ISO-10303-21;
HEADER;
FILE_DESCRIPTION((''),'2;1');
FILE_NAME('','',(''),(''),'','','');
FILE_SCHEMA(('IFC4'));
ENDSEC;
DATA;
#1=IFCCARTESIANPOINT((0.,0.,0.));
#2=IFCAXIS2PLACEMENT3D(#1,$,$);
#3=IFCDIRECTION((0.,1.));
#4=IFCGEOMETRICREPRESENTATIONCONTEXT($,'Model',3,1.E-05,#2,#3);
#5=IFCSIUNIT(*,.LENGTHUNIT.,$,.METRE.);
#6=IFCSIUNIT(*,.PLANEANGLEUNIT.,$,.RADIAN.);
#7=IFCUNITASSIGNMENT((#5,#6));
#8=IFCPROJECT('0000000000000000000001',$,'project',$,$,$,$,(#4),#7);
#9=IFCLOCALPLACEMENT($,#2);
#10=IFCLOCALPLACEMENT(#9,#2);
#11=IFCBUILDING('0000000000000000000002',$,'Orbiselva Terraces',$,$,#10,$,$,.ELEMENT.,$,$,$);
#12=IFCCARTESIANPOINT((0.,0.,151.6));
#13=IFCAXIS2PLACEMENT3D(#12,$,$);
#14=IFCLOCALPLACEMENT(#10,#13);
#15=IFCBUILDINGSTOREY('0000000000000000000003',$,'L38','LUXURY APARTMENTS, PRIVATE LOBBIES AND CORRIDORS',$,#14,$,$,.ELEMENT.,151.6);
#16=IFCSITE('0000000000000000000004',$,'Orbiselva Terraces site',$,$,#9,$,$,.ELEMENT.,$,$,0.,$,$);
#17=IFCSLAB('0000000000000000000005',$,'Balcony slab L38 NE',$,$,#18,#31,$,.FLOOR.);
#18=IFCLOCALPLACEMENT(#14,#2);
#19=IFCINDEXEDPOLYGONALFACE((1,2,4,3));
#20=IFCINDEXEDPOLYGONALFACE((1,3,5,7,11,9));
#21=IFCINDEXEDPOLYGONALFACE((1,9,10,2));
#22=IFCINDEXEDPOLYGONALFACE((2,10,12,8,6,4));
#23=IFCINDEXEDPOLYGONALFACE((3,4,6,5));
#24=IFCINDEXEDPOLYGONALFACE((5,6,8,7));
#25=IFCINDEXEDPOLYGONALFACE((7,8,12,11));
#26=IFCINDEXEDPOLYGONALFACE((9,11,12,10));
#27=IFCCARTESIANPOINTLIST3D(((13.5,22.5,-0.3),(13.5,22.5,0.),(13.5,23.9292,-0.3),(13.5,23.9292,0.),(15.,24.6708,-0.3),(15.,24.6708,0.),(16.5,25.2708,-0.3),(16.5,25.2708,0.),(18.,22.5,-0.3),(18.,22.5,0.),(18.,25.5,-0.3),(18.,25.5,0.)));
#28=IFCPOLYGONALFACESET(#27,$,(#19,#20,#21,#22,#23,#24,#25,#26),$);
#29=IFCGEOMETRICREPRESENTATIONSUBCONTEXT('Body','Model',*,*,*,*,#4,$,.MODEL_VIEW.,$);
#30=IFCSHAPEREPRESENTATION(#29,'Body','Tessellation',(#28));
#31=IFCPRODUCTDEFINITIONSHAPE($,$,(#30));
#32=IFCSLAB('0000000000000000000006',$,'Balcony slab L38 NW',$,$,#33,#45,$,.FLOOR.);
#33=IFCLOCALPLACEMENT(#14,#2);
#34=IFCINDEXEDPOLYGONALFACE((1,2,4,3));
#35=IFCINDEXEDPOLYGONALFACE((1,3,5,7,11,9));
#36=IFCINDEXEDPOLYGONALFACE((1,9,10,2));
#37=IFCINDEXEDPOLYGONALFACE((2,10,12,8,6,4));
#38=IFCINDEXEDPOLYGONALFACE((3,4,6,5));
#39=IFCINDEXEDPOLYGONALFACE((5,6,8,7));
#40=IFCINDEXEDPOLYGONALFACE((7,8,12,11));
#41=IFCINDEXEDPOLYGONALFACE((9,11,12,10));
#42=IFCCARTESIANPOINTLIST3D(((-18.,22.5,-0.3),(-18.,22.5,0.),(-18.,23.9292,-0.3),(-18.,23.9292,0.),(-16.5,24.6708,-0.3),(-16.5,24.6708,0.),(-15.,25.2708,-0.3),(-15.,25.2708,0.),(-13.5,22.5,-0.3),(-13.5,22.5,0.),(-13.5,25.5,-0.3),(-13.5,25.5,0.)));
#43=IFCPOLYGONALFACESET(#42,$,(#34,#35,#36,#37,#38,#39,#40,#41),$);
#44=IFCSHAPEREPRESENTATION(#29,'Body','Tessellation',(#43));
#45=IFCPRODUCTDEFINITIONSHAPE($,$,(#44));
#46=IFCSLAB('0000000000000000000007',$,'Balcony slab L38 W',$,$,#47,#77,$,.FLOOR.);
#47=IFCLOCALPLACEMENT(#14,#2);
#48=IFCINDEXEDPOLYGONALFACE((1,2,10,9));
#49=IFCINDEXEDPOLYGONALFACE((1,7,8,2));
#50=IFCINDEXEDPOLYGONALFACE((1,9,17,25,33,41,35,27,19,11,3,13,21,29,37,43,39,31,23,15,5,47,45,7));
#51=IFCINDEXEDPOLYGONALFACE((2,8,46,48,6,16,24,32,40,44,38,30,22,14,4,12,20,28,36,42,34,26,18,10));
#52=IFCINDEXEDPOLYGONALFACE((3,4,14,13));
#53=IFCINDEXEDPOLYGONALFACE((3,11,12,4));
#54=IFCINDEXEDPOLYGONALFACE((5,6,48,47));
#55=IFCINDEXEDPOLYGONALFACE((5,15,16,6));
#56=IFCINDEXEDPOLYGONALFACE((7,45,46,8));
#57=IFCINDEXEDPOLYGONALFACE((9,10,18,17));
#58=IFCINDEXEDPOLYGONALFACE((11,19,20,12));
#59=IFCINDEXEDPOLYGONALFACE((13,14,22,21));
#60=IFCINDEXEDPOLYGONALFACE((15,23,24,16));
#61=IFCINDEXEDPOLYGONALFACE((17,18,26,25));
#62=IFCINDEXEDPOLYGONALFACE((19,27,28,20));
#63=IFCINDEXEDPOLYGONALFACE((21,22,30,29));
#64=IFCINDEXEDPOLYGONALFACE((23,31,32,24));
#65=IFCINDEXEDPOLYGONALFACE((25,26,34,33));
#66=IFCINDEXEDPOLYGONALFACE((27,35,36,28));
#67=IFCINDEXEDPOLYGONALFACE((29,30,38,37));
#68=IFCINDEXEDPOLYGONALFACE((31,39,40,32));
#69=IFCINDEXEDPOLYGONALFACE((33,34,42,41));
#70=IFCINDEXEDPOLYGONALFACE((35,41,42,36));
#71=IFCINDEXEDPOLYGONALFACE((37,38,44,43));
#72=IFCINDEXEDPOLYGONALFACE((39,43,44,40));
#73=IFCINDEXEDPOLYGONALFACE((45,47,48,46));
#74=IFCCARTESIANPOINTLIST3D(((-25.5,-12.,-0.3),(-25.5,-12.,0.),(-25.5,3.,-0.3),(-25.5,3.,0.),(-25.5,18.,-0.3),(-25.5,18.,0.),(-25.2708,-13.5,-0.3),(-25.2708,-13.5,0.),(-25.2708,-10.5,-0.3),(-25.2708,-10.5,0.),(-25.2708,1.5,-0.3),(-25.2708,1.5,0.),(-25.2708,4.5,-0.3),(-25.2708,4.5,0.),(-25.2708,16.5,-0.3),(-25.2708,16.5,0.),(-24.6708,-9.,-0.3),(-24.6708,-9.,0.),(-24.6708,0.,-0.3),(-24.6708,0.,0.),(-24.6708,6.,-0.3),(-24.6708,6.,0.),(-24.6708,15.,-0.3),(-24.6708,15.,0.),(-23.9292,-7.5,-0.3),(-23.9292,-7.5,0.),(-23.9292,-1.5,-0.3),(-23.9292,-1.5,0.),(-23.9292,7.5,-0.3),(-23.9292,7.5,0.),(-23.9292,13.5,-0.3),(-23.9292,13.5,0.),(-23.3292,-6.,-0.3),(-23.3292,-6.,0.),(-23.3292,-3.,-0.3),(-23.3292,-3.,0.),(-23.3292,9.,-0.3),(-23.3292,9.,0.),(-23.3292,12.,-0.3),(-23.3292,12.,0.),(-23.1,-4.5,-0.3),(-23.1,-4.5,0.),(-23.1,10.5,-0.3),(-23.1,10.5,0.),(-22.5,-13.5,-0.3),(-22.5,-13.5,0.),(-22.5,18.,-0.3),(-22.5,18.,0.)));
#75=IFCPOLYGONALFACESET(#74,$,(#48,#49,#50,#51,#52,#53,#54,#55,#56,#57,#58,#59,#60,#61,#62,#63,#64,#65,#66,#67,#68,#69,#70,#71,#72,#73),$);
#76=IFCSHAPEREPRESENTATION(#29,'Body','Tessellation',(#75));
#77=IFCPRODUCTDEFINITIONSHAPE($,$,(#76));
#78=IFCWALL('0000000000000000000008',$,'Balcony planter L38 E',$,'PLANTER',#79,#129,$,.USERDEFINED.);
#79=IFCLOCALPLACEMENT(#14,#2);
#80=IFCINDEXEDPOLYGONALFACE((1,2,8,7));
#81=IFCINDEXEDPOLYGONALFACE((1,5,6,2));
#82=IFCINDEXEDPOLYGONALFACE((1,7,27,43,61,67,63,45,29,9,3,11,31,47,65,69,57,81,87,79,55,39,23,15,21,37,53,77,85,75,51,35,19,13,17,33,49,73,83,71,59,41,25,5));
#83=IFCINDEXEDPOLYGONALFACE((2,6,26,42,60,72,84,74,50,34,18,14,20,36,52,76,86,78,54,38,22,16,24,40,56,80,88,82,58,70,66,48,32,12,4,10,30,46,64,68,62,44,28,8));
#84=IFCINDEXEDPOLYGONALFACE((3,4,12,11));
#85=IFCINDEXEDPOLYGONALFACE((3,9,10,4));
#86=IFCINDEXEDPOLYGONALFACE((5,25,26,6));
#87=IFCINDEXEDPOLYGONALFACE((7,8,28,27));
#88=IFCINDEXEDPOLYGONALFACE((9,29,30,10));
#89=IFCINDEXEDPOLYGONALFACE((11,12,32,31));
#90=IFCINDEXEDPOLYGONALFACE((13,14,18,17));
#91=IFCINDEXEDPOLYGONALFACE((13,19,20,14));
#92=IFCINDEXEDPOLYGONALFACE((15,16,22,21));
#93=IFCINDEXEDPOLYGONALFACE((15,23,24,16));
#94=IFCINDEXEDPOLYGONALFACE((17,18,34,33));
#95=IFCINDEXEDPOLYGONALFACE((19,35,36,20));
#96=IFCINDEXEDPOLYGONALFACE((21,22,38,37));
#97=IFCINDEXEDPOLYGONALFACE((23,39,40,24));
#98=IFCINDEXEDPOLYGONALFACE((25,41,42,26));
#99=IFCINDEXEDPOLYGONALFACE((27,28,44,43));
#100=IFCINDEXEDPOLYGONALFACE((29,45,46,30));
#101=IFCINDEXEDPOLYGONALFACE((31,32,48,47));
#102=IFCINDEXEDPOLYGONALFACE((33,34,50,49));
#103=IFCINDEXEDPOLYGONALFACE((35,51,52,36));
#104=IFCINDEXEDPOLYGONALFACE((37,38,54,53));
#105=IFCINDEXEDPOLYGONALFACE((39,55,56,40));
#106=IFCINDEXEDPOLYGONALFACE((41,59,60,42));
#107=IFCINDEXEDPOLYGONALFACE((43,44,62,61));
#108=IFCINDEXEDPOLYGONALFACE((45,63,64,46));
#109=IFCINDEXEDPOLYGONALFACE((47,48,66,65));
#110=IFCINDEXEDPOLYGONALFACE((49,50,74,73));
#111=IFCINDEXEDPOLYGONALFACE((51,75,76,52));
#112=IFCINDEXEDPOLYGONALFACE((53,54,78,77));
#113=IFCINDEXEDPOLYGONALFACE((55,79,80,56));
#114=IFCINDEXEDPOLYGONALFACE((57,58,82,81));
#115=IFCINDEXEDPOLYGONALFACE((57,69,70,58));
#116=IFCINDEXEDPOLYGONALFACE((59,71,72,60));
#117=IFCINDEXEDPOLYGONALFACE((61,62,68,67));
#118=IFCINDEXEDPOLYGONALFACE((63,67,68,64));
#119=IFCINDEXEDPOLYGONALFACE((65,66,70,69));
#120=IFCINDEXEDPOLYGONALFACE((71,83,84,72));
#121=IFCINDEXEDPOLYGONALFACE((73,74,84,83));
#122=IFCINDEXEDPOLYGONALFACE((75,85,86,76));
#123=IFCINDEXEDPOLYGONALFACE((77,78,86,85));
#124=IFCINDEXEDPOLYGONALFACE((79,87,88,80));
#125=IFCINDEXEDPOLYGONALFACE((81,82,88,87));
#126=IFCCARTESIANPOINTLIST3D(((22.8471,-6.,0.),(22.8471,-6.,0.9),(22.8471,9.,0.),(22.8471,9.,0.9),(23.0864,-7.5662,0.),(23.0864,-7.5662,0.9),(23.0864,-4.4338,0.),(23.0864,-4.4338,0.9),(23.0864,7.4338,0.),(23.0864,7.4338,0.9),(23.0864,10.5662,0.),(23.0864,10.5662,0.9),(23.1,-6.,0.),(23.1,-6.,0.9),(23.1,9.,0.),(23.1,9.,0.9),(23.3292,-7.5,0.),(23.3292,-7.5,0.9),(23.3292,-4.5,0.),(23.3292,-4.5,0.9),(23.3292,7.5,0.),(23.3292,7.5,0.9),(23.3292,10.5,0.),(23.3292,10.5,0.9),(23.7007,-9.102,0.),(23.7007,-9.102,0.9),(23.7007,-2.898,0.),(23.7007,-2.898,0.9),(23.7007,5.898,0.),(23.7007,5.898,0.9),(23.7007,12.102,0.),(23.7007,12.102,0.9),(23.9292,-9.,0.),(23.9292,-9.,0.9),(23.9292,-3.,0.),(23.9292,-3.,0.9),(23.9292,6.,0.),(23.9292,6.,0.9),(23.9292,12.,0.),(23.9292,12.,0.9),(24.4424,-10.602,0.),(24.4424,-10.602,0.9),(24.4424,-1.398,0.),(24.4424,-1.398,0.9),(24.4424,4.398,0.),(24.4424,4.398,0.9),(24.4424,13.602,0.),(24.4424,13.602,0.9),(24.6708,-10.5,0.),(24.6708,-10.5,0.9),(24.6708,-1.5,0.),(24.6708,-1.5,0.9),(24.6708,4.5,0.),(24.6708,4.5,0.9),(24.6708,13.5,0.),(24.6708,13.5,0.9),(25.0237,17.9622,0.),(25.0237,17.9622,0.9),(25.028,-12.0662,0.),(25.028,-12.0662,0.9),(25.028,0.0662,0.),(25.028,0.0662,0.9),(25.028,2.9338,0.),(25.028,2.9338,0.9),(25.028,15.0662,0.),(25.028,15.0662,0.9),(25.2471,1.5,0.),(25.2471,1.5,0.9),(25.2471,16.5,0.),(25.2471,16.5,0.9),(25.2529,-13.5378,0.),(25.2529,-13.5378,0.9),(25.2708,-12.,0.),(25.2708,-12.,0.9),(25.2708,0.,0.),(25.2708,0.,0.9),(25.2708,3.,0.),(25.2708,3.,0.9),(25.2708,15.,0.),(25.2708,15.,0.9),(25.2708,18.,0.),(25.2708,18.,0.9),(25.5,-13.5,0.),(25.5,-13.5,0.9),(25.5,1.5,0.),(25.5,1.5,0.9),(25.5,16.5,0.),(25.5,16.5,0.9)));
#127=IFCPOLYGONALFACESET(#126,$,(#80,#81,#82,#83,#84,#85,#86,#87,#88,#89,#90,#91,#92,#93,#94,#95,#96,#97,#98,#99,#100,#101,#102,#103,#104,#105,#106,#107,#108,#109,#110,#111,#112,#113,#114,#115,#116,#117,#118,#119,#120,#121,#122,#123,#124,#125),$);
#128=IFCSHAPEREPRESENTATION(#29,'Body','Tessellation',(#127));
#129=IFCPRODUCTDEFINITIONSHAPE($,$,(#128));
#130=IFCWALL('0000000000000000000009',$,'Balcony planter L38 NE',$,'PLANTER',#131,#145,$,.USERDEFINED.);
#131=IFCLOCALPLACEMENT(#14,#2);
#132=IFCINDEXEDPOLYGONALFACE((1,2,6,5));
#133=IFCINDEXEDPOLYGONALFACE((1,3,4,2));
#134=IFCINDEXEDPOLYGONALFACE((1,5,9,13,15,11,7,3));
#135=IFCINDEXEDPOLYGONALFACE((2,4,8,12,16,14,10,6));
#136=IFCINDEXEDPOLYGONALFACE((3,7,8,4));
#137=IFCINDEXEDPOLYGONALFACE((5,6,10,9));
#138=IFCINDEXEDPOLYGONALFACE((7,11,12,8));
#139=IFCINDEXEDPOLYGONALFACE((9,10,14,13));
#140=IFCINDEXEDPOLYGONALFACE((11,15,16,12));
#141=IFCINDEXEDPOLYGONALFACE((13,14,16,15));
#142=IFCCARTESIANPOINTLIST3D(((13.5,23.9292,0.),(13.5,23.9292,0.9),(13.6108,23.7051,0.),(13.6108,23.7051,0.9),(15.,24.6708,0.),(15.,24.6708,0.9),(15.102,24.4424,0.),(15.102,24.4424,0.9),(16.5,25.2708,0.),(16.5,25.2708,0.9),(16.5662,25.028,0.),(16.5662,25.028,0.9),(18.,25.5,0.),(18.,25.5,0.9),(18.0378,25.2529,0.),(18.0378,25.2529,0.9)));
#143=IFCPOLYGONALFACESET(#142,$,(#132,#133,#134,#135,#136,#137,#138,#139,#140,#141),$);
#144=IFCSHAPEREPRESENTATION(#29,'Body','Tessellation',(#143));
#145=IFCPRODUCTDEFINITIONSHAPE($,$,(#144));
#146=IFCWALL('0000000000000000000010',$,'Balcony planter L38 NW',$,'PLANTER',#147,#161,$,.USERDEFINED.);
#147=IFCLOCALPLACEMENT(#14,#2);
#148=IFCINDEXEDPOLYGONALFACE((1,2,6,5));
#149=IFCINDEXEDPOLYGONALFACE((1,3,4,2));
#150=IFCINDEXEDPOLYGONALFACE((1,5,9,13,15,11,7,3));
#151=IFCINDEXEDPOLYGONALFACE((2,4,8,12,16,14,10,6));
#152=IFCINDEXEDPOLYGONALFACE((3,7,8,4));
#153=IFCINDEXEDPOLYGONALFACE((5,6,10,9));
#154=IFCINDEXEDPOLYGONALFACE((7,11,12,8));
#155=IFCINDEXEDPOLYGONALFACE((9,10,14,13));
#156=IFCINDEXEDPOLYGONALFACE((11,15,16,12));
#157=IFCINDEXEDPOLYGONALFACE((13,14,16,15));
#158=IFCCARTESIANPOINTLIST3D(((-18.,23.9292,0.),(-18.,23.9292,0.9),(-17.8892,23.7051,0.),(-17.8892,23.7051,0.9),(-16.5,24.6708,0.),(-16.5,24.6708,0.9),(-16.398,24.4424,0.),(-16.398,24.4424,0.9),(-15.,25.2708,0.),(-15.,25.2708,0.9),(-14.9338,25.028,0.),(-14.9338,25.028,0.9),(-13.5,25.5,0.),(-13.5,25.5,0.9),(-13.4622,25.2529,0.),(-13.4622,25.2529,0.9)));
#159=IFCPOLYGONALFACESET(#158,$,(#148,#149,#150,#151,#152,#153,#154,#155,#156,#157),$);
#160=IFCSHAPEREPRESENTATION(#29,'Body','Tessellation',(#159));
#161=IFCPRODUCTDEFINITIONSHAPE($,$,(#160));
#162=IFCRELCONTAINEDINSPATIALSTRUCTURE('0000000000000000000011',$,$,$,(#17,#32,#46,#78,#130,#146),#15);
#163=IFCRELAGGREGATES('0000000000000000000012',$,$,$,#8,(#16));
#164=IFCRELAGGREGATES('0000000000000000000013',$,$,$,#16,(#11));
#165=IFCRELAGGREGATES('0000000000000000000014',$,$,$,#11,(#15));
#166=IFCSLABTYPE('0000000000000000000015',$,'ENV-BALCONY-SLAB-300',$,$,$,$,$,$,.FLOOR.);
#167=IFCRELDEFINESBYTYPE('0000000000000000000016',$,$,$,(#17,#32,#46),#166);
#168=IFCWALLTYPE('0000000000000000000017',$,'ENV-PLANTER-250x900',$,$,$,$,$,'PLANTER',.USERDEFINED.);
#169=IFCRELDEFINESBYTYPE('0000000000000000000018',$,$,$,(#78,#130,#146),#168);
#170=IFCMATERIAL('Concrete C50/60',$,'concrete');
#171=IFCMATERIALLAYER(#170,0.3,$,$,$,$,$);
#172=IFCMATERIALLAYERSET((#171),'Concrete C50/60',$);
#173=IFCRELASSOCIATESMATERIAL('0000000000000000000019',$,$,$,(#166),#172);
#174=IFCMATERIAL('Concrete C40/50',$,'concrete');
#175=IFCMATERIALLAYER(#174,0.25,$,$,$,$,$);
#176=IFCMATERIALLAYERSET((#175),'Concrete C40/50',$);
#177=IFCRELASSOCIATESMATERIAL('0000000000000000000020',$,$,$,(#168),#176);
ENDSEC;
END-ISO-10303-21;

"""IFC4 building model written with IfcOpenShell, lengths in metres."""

from ifc_helpers import new_model, si_unit, direction, frame, origin, place, context, subcontext, project, spatial, polyline, outline, extrude, material, layer, layer_set, type_object, element, save


model = new_model("IFC4")

# Units and contexts
model_context = context("Model", 3, precision=1e-05, world=origin(), true_north=direction((0.0, 1.0)))
body_context = subcontext(model_context, "Body", "Model", "MODEL_VIEW")
ifc_project = project(units=[si_unit("LENGTHUNIT", "METRE"), si_unit("PLANEANGLEUNIT", "RADIAN")], contexts=[model_context])

# Site, building, storey
site_placement = place(None, origin())
site = spatial("IfcSite", under=ifc_project, at=site_placement, Name="Orbiselva Terraces site", CompositionType="ELEMENT", RefElevation=0.0)
building_placement = place(site_placement, origin())
building = spatial("IfcBuilding", under=site, at=building_placement, Name="Orbiselva Terraces", CompositionType="ELEMENT")
storey_placement = place(building_placement, frame((0.0, 0.0, 151.6)))
storey = spatial("IfcBuildingStorey", under=building, at=storey_placement, Name="L38", Description="LUXURY APARTMENTS, PRIVATE LOBBIES AND CORRIDORS", CompositionType="ELEMENT", Elevation=151.6)

# Shared definitions
ifc_material_1 = material(Name="Concrete C40/50", Category="concrete")

# Slabs
ifc_material_2 = material(Name="Concrete C50/60", Category="concrete")
ifc_layer_1 = layer(ifc_material_2, 0.3)
ifc_layer_set_1 = layer_set([ifc_layer_1], Name="Concrete C50/60")
slab_type_1 = type_object("IfcSlabType", Name="ENV-BALCONY-SLAB-300", PredefinedType="FLOOR", material=ifc_layer_set_1)
slab_1_placement = place(storey_placement, frame((0.0, 0.0, -0.3)))
element("IfcSlab", 1, at=slab_1_placement, inside=storey, type_object=slab_type_1, Name="Balcony slab L38 NE", PredefinedType="FLOOR", context=body_context, shape_type="SweptSolid", body=[
    extrude(outline(polyline([(18.0, 25.5), (16.5, 25.2708), (15.0, 24.6708), (13.5, 23.9292), (13.5, 22.5), (18.0, 22.5), (18.0, 25.5)])), origin(), (0.0, 0.0, 1.0), 0.3),
])
slab_2_placement = place(storey_placement, frame((0.0, 0.0, -0.3)))
element("IfcSlab", 2, at=slab_2_placement, inside=storey, type_object=slab_type_1, Name="Balcony slab L38 NW", PredefinedType="FLOOR", context=body_context, shape_type="SweptSolid", body=[
    extrude(outline(polyline([(-13.5, 25.5), (-15.0, 25.2708), (-16.5, 24.6708), (-18.0, 23.9292), (-18.0, 22.5), (-13.5, 22.5), (-13.5, 25.5)])), origin(), (0.0, 0.0, 1.0), 0.3),
])
slab_3_placement = place(storey_placement, frame((0.0, 0.0, -0.3)))
element("IfcSlab", 3, at=slab_3_placement, inside=storey, type_object=slab_type_1, Name="Balcony slab L38 W", PredefinedType="FLOOR", context=body_context, shape_type="SweptSolid", body=[
    extrude(outline(polyline([(-25.5, 18.0), (-25.2708, 16.5), (-24.6708, 15.0), (-23.9292, 13.5), (-23.3292, 12.0), (-23.1, 10.5), (-23.3292, 9.0), (-23.9292, 7.5), (-24.6708, 6.0), (-25.2708, 4.5), (-25.5, 3.0), (-25.2708, 1.5), (-24.6708, 0.0), (-23.9292, -1.5), (-23.3292, -3.0), (-23.1, -4.5), (-23.3292, -6.0), (-23.9292, -7.5), (-24.6708, -9.0), (-25.2708, -10.5), (-25.5, -12.0), (-25.2708, -13.5), (-22.5, -13.5), (-22.5, 18.0), (-25.5, 18.0)])), origin(), (0.0, 0.0, 1.0), 0.3),
])

# Walls
ifc_layer_2 = layer(ifc_material_1, 0.25)
ifc_layer_set_2 = layer_set([ifc_layer_2], Name="Concrete C40/50")
wall_type = type_object("IfcWallType", Name="ENV-PLANTER-250x900", ElementType="PLANTER", PredefinedType="USERDEFINED", material=ifc_layer_set_2)
wall_1_placement = place(storey_placement, origin())
element("IfcWall", 4, at=wall_1_placement, inside=storey, type_object=wall_type, Name="Balcony planter L38 E", ObjectType="PLANTER", PredefinedType="USERDEFINED", context=body_context, shape_type="SweptSolid", body=[
    extrude(outline(polyline([(25.5, -13.5), (25.2708, -12.0), (24.6708, -10.5), (23.9292, -9.0), (23.3292, -7.5), (23.1, -6.0), (23.3292, -4.5), (23.9292, -3.0), (24.6708, -1.5), (25.2708, 0.0), (25.5, 1.5), (25.2708, 3.0), (24.6708, 4.5), (23.9292, 6.0), (23.3292, 7.5), (23.1, 9.0), (23.3292, 10.5), (23.9292, 12.0), (24.6708, 13.5), (25.2708, 15.0), (25.5, 16.5), (25.2708, 18.0), (25.0237, 17.9622), (25.2471, 16.5), (25.028, 15.0662), (24.4424, 13.602), (23.7007, 12.102), (23.0864, 10.5662), (22.8471, 9.0), (23.0864, 7.4338), (23.7007, 5.898), (24.4424, 4.398), (25.028, 2.9338), (25.2471, 1.5), (25.028, 0.0662), (24.4424, -1.398), (23.7007, -2.898), (23.0864, -4.4338), (22.8471, -6.0), (23.0864, -7.5662), (23.7007, -9.102), (24.4424, -10.602), (25.028, -12.0662), (25.2529, -13.5378), (25.5, -13.5)])), origin(), (0.0, 0.0, 1.0), 0.9),
])
wall_2_placement = place(storey_placement, origin())
element("IfcWall", 5, at=wall_2_placement, inside=storey, type_object=wall_type, Name="Balcony planter L38 NE", ObjectType="PLANTER", PredefinedType="USERDEFINED", context=body_context, shape_type="SweptSolid", body=[
    extrude(outline(polyline([(18.0, 25.5), (16.5, 25.2708), (15.0, 24.6708), (13.5, 23.9292), (13.6108, 23.7051), (15.102, 24.4424), (16.5662, 25.028), (18.0378, 25.2529), (18.0, 25.5)])), origin(), (0.0, 0.0, 1.0), 0.9),
])
wall_3_placement = place(storey_placement, origin())
element("IfcWall", 6, at=wall_3_placement, inside=storey, type_object=wall_type, Name="Balcony planter L38 NW", ObjectType="PLANTER", PredefinedType="USERDEFINED", context=body_context, shape_type="SweptSolid", body=[
    extrude(outline(polyline([(-13.5, 25.5), (-15.0, 25.2708), (-16.5, 24.6708), (-18.0, 23.9292), (-17.8892, 23.7051), (-16.398, 24.4424), (-14.9338, 25.028), (-13.4622, 25.2529), (-13.5, 25.5)])), origin(), (0.0, 0.0, 1.0), 0.9),
])

save(model, "model.ifc")
